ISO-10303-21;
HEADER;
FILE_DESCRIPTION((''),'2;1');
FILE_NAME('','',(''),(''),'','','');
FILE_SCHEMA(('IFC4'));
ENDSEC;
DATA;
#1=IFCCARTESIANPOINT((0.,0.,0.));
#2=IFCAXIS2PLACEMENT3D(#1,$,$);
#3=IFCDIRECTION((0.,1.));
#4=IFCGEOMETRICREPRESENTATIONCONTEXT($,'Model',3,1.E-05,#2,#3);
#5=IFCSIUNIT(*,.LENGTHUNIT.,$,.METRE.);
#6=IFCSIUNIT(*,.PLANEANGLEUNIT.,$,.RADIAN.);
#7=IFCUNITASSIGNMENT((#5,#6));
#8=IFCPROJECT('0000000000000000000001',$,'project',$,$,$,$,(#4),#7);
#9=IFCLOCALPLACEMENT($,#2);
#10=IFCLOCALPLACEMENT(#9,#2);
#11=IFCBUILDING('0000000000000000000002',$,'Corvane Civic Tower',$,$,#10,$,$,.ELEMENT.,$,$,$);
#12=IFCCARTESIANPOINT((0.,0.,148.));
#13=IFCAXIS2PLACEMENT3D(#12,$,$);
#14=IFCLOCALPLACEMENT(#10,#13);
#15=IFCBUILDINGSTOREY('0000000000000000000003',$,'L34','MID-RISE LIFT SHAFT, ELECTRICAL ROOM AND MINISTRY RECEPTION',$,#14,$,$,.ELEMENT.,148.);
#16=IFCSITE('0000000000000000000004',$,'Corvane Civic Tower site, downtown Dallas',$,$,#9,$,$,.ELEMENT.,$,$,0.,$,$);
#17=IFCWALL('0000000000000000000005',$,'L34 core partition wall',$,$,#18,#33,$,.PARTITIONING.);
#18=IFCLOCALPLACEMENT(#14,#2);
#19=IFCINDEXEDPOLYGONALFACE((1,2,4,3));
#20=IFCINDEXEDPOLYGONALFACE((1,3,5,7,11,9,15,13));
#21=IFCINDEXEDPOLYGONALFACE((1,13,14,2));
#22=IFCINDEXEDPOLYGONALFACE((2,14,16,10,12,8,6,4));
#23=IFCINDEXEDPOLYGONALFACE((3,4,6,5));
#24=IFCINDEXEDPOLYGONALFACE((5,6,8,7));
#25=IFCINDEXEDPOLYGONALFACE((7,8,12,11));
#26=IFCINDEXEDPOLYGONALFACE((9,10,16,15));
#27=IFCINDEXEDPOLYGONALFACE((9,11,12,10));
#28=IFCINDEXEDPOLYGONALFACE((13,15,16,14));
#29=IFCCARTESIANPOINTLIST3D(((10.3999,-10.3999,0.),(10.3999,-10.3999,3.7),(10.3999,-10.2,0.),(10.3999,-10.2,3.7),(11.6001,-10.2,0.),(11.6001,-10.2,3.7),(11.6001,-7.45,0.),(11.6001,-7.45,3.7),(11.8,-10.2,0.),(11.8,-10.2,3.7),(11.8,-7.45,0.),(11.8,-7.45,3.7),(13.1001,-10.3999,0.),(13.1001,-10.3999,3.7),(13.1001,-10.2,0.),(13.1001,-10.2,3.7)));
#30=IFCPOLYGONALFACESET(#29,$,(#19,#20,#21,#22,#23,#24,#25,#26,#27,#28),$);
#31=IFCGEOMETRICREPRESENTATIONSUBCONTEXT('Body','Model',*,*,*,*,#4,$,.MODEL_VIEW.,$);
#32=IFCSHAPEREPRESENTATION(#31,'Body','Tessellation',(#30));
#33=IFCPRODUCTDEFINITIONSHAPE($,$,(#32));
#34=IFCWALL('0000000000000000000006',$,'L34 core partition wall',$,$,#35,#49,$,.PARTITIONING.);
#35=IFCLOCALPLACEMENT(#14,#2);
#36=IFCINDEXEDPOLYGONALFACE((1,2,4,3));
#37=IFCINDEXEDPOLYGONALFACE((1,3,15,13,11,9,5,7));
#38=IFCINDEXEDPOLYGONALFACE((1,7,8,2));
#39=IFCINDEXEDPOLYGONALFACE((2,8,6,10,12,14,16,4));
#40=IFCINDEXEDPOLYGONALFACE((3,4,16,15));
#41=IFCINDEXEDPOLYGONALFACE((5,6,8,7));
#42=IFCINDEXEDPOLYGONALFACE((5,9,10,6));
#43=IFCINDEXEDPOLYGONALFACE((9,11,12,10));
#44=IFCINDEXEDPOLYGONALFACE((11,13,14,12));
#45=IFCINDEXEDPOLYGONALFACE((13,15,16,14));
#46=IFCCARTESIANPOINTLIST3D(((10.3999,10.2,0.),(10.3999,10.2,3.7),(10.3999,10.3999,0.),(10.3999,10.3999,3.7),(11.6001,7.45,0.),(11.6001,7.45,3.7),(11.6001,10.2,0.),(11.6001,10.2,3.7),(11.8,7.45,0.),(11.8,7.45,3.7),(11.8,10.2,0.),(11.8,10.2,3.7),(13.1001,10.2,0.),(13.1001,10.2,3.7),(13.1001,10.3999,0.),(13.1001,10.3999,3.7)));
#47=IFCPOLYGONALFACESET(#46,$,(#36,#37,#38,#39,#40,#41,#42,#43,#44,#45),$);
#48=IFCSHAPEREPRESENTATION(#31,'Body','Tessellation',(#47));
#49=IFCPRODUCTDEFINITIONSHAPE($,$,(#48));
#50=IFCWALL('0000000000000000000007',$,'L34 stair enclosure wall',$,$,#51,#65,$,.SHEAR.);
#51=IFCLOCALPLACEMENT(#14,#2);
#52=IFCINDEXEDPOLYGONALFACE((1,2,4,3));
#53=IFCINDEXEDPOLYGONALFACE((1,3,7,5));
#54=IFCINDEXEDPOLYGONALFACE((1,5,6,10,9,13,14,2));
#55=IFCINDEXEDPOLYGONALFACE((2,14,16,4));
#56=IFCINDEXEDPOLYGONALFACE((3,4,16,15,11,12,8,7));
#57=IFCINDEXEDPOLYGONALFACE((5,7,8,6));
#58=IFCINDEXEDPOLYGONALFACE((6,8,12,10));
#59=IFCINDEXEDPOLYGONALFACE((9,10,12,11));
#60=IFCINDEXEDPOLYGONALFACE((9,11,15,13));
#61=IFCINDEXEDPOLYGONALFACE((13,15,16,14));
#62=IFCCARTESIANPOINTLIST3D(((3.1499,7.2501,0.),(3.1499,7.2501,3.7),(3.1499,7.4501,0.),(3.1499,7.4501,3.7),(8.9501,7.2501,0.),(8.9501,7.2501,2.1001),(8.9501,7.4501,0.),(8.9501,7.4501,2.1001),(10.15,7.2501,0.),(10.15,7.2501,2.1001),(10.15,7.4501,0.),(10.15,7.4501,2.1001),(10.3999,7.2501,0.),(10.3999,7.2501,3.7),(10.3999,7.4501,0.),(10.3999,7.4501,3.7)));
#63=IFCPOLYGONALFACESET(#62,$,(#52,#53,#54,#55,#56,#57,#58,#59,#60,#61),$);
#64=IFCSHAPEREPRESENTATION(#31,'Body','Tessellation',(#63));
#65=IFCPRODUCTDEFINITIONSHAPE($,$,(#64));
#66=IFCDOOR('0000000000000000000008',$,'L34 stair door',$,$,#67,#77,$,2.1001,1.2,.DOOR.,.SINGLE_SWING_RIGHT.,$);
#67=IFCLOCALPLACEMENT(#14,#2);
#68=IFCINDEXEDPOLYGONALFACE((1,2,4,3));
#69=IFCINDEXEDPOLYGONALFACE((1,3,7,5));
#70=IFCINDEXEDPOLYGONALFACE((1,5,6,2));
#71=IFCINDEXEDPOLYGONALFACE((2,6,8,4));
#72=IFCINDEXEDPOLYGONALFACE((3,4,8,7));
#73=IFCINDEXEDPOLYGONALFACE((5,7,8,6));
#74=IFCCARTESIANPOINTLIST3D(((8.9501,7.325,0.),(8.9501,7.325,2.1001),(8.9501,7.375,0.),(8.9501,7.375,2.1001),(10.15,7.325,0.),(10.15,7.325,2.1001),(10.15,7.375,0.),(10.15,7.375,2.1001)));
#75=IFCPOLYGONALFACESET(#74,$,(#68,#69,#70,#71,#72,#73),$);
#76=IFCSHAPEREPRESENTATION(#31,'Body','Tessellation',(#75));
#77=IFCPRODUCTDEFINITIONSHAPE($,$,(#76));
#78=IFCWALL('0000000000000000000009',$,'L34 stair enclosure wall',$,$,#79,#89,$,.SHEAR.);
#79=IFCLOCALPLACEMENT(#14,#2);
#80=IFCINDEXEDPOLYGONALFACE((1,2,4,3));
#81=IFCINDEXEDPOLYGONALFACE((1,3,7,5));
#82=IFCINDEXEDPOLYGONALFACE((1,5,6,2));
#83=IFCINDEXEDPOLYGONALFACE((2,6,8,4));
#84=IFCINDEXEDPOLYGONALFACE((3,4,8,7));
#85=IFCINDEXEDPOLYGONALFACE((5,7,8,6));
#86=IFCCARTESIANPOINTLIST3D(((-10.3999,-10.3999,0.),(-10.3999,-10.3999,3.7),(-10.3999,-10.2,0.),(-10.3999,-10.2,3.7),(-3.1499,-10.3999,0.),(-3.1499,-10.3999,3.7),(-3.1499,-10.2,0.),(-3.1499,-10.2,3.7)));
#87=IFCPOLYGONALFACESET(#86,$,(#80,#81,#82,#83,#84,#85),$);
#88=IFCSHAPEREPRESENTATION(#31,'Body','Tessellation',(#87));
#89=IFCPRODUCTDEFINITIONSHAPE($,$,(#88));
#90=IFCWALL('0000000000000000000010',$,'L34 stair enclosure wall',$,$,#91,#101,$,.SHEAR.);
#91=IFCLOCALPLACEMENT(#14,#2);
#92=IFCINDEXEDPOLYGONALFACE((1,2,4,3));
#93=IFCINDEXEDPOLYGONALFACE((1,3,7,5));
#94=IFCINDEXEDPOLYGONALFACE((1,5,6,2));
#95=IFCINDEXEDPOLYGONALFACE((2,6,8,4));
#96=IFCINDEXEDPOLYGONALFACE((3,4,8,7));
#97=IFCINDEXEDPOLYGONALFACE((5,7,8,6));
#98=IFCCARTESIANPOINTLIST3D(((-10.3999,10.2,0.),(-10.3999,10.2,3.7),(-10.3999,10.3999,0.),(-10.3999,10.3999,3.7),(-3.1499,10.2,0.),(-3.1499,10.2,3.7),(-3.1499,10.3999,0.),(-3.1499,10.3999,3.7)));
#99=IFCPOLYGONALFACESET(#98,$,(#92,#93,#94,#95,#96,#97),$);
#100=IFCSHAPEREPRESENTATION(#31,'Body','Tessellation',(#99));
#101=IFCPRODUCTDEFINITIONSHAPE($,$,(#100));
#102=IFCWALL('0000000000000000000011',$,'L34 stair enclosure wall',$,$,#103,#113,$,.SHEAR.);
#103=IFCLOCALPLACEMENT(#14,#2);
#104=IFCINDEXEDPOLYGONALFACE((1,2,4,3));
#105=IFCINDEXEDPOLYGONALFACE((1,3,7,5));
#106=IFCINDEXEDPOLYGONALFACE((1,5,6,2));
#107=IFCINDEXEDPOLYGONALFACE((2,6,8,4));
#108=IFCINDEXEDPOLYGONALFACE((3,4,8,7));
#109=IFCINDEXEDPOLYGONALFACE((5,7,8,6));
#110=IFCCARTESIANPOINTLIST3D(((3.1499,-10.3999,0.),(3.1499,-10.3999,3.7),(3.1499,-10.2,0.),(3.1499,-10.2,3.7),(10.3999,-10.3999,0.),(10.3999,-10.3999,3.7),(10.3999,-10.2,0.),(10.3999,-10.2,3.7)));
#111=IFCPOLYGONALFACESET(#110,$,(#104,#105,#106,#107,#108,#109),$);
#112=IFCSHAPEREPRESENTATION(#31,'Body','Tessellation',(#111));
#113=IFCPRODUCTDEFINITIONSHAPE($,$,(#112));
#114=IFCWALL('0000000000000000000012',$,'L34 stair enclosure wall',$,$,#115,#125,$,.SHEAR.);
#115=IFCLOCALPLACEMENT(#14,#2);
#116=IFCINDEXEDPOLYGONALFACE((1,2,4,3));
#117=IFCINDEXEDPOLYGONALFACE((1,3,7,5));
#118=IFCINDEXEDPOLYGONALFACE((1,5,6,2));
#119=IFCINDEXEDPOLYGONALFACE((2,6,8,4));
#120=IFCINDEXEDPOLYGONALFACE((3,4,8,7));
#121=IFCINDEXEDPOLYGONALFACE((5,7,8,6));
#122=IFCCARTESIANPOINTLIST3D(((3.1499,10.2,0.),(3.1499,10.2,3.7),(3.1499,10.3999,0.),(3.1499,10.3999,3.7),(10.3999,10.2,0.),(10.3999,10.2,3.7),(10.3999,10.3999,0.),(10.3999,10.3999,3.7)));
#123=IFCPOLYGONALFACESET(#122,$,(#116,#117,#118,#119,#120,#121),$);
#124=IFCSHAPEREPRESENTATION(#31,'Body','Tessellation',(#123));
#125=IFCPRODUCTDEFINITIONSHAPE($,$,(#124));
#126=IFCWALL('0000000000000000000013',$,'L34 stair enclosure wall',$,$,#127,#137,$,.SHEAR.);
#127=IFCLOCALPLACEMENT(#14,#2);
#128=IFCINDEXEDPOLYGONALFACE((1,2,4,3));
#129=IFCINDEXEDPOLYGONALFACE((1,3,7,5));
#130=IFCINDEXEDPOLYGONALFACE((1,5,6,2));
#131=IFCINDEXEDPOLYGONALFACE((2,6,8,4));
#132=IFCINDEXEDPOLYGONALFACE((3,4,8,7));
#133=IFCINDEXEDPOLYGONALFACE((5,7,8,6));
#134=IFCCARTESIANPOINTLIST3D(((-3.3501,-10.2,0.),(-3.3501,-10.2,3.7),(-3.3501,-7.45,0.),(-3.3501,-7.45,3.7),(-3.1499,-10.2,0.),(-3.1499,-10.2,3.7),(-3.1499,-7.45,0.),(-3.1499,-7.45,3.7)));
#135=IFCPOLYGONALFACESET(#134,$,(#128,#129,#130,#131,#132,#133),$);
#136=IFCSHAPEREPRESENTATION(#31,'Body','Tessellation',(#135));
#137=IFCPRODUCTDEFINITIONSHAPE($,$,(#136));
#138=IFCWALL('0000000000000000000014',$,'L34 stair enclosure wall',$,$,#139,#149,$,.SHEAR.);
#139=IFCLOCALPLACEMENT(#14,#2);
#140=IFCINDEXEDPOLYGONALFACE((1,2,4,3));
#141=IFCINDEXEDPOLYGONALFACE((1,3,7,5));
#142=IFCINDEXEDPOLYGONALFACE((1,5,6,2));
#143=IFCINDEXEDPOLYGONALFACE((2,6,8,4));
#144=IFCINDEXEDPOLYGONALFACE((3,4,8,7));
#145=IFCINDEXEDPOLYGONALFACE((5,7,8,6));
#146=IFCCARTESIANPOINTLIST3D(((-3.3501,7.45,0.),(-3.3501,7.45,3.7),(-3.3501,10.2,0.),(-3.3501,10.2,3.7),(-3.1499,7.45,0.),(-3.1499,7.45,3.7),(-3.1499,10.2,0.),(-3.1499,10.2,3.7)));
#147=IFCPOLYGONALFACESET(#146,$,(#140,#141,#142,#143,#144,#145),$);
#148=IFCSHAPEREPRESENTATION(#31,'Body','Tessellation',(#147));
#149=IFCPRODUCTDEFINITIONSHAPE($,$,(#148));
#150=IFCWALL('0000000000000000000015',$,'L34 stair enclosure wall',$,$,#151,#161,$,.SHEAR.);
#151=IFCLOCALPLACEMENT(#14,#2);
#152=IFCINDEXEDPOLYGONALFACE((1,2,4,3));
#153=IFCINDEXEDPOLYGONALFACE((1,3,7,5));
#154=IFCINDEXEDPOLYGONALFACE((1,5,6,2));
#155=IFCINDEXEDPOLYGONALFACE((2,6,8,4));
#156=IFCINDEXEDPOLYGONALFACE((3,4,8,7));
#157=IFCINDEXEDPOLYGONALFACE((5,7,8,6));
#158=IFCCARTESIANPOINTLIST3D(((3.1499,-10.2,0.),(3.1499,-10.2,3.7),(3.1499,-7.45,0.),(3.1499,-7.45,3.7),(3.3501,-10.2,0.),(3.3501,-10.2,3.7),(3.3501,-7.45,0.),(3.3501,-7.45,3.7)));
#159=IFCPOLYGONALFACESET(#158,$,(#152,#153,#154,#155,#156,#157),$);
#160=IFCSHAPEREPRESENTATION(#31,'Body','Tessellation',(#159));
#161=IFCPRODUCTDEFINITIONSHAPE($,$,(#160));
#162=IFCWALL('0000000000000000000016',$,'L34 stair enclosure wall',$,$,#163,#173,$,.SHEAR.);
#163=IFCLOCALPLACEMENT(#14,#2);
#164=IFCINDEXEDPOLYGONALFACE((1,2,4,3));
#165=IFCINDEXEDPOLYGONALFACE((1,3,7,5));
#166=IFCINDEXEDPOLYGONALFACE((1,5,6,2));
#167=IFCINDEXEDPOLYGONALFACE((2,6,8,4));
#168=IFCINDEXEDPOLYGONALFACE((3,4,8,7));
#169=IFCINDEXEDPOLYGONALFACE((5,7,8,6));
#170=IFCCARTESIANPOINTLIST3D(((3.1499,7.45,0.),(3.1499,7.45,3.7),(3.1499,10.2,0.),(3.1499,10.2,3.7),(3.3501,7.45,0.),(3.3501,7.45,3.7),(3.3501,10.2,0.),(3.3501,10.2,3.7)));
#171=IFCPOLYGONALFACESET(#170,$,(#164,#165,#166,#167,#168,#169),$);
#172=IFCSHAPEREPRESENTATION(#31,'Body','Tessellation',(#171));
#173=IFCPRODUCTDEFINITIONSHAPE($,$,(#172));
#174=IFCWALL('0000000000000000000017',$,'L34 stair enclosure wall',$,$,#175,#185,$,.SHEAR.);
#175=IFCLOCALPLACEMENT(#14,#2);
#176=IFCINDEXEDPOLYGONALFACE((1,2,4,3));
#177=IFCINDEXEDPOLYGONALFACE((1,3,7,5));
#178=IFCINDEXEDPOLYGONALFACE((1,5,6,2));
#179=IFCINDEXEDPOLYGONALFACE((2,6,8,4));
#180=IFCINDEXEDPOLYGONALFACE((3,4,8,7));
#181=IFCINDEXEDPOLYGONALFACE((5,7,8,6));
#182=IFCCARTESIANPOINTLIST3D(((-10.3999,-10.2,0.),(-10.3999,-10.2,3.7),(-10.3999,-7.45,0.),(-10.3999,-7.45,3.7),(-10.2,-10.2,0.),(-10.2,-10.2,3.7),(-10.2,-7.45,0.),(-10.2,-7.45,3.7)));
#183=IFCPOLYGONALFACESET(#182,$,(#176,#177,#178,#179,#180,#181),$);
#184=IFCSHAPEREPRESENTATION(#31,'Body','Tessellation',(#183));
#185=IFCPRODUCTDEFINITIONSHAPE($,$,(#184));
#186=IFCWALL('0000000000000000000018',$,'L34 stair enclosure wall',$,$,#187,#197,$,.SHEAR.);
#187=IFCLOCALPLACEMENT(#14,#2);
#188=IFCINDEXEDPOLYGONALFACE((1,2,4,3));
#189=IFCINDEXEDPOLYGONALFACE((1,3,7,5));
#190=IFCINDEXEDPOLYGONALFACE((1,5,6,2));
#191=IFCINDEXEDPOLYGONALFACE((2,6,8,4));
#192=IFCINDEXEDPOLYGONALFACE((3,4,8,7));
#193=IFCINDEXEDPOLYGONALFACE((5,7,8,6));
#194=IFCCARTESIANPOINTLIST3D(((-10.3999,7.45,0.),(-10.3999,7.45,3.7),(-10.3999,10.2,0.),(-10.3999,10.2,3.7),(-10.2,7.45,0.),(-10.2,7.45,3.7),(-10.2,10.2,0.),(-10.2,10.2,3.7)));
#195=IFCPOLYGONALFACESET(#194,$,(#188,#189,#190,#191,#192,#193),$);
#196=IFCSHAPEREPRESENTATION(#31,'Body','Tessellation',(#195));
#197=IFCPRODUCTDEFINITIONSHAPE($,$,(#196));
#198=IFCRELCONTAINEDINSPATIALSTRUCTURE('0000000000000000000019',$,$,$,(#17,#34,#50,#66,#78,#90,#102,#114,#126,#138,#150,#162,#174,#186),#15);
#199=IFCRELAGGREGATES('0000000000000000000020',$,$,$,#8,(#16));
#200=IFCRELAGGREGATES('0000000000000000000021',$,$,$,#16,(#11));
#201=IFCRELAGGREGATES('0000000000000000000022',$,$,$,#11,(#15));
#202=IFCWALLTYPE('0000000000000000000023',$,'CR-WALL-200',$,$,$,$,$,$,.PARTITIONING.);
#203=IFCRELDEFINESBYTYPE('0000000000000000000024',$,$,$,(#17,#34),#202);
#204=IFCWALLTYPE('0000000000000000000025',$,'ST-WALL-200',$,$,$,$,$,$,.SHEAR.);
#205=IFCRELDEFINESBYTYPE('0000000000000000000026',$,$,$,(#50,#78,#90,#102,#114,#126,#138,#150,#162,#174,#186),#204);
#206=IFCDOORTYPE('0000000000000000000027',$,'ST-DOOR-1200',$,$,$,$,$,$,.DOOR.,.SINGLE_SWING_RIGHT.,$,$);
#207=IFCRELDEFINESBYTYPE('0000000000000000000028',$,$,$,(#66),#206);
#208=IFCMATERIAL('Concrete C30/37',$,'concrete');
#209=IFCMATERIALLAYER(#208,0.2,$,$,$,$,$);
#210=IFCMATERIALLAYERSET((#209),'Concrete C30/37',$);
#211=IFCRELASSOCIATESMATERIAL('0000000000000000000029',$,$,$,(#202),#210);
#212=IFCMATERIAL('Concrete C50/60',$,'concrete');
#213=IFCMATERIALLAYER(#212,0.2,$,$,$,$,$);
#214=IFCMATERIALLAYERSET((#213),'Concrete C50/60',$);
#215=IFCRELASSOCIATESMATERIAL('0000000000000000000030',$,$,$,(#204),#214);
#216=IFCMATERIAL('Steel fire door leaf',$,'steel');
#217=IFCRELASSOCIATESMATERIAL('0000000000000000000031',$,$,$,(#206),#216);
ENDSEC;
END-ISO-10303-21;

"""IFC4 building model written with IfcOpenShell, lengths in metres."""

from ifc_helpers import new_model, si_unit, direction, frame, frame_2d, origin, place, context, subcontext, project, spatial, polyline, rectangle, outline, extrude, material, layer, layer_set, type_object, element, fill, save


model = new_model("IFC4")

# Units and contexts
model_context = context("Model", 3, precision=1e-05, world=origin(), true_north=direction((0.0, 1.0)))
body_context = subcontext(model_context, "Body", "Model", "MODEL_VIEW")
ifc_project = project(units=[si_unit("LENGTHUNIT", "METRE"), si_unit("PLANEANGLEUNIT", "RADIAN")], contexts=[model_context])

# Site, building, storey
site_placement = place(None, origin())
site = spatial("IfcSite", under=ifc_project, at=site_placement, Name="Corvane Civic Tower site, downtown Dallas", CompositionType="ELEMENT", RefElevation=0.0)
building_placement = place(site_placement, origin())
building = spatial("IfcBuilding", under=site, at=building_placement, Name="Corvane Civic Tower", CompositionType="ELEMENT")
storey_placement = place(building_placement, frame((0.0, 0.0, 148.0)))
storey = spatial("IfcBuildingStorey", under=building, at=storey_placement, Name="L34", Description="MID-RISE LIFT SHAFT, ELECTRICAL ROOM AND MINISTRY RECEPTION", CompositionType="ELEMENT", Elevation=148.0)

# Walls
ifc_material_1 = material(Name="Concrete C30/37", Category="concrete")
ifc_layer_1 = layer(ifc_material_1, 0.2)
ifc_layer_set_1 = layer_set([ifc_layer_1], Name="Concrete C30/37")
wall_type_1 = type_object("IfcWallType", Name="CR-WALL-200", PredefinedType="PARTITIONING", material=ifc_layer_set_1)
wall_1_placement = place(storey_placement, origin())
element("IfcWall", 1, at=wall_1_placement, inside=storey, type_object=wall_type_1, Name="L34 core partition wall", PredefinedType="PARTITIONING", context=body_context, shape_type="SweptSolid", body=[
    extrude(outline(polyline([(11.8, -7.45), (11.8, -10.2), (13.1001, -10.2), (13.1001, -10.3999), (10.3999, -10.3999), (10.3999, -10.2), (11.6001, -10.2), (11.6001, -7.45), (11.8, -7.45)])), origin(), (0.0, 0.0, 1.0), 3.7),
])
wall_2_placement = place(storey_placement, origin())
element("IfcWall", 2, at=wall_2_placement, inside=storey, type_object=wall_type_1, Name="L34 core partition wall", PredefinedType="PARTITIONING", context=body_context, shape_type="SweptSolid", body=[
    extrude(outline(polyline([(13.1001, 10.3999), (13.1001, 10.2), (11.8, 10.2), (11.8, 7.45), (11.6001, 7.45), (11.6001, 10.2), (10.3999, 10.2), (10.3999, 10.3999), (13.1001, 10.3999)])), origin(), (0.0, 0.0, 1.0), 3.7),
])

# Wall, opening, door
ifc_material_2 = material(Name="Concrete C50/60", Category="concrete")
ifc_layer_2 = layer(ifc_material_2, 0.2)
ifc_layer_set_2 = layer_set([ifc_layer_2], Name="Concrete C50/60")
wall_type_2 = type_object("IfcWallType", Name="ST-WALL-200", PredefinedType="SHEAR", material=ifc_layer_set_2)
wall_3_placement = place(storey_placement, frame((3.1499, 7.3501, 0.0), z_axis=(0.0, 0.0, 1.0), x_axis=(1.0, 0.0, 0.0)))
wall_3 = element("IfcWall", 3, at=wall_3_placement, inside=storey, type_object=wall_type_2, Name="L34 stair enclosure wall", PredefinedType="SHEAR", context=body_context, shape_type="SweptSolid", body=[
    extrude(rectangle(XDim=7.25, YDim=0.2, at=frame_2d((3.625, 0.0))), origin(), (0.0, 0.0, 1.0), 3.7),
])
opening_placement = place(wall_3_placement, frame((5.8, 0.0, 0.0)))
opening = element("IfcOpeningElement", 4, at=opening_placement, cuts=wall_3, PredefinedType="OPENING", context=body_context, shape_type="SweptSolid", body=[
    extrude(rectangle(XDim=1.2, YDim=2.1001, at=frame_2d((0.6001, 1.05))), frame((0.0, 0.1099, 0.0), z_axis=(0.0, -1.0, 0.0), x_axis=(1.0, 0.0, 0.0)), (0.0, 0.0, 1.0), 0.22),
])
ifc_material_3 = material(Name="Steel fire door leaf", Category="steel")
door_type = type_object("IfcDoorType", Name="ST-DOOR-1200", OperationType="SINGLE_SWING_RIGHT", PredefinedType="DOOR", material=ifc_material_3)
door_placement = place(opening_placement, origin())
door = element("IfcDoor", 5, at=door_placement, inside=storey, type_object=door_type, Name="L34 stair door", OperationType="SINGLE_SWING_RIGHT", OverallHeight=2.1001, OverallWidth=1.2, PredefinedType="DOOR", context=body_context, shape_type="SweptSolid", body=[
    extrude(rectangle(XDim=1.2, YDim=2.1001, at=frame_2d((0.6001, 1.05))), frame((0.0, 0.0249, 0.0), z_axis=(0.0, -1.0, 0.0), x_axis=(1.0, 0.0, 0.0)), (0.0, 0.0, 1.0), 0.05),
])
fill(opening, door)

# Walls
wall_4_placement = place(storey_placement, origin())
element("IfcWall", 6, at=wall_4_placement, inside=storey, type_object=wall_type_2, Name="L34 stair enclosure wall", PredefinedType="SHEAR", context=body_context, shape_type="SweptSolid", body=[
    extrude(outline(polyline([(-3.1499, -10.2), (-3.1499, -10.3999), (-10.3999, -10.3999), (-10.3999, -10.2), (-3.1499, -10.2)])), origin(), (0.0, 0.0, 1.0), 3.7),
])
wall_5_placement = place(storey_placement, origin())
element("IfcWall", 7, at=wall_5_placement, inside=storey, type_object=wall_type_2, Name="L34 stair enclosure wall", PredefinedType="SHEAR", context=body_context, shape_type="SweptSolid", body=[
    extrude(outline(polyline([(-3.1499, 10.2), (-10.3999, 10.2), (-10.3999, 10.3999), (-3.1499, 10.3999), (-3.1499, 10.2)])), origin(), (0.0, 0.0, 1.0), 3.7),
])
wall_6_placement = place(storey_placement, origin())
element("IfcWall", 8, at=wall_6_placement, inside=storey, type_object=wall_type_2, Name="L34 stair enclosure wall", PredefinedType="SHEAR", context=body_context, shape_type="SweptSolid", body=[
    extrude(outline(polyline([(10.3999, -10.3999), (3.1499, -10.3999), (3.1499, -10.2), (10.3999, -10.2), (10.3999, -10.3999)])), origin(), (0.0, 0.0, 1.0), 3.7),
])
wall_7_placement = place(storey_placement, origin())
element("IfcWall", 9, at=wall_7_placement, inside=storey, type_object=wall_type_2, Name="L34 stair enclosure wall", PredefinedType="SHEAR", context=body_context, shape_type="SweptSolid", body=[
    extrude(outline(polyline([(10.3999, 10.2), (3.1499, 10.2), (3.1499, 10.3999), (10.3999, 10.3999), (10.3999, 10.2)])), origin(), (0.0, 0.0, 1.0), 3.7),
])
wall_8_placement = place(storey_placement, origin())
element("IfcWall", 10, at=wall_8_placement, inside=storey, type_object=wall_type_2, Name="L34 stair enclosure wall", PredefinedType="SHEAR", context=body_context, shape_type="SweptSolid", body=[
    extrude(outline(polyline([(-3.1499, -7.45), (-3.1499, -10.2), (-3.3501, -10.2), (-3.3501, -7.45), (-3.1499, -7.45)])), origin(), (0.0, 0.0, 1.0), 3.7),
])
wall_9_placement = place(storey_placement, origin())
element("IfcWall", 11, at=wall_9_placement, inside=storey, type_object=wall_type_2, Name="L34 stair enclosure wall", PredefinedType="SHEAR", context=body_context, shape_type="SweptSolid", body=[
    extrude(outline(polyline([(-3.1499, 7.45), (-3.3501, 7.45), (-3.3501, 10.2), (-3.1499, 10.2), (-3.1499, 7.45)])), origin(), (0.0, 0.0, 1.0), 3.7),
])
wall_10_placement = place(storey_placement, origin())
element("IfcWall", 12, at=wall_10_placement, inside=storey, type_object=wall_type_2, Name="L34 stair enclosure wall", PredefinedType="SHEAR", context=body_context, shape_type="SweptSolid", body=[
    extrude(outline(polyline([(3.3501, -7.45), (3.3501, -10.2), (3.1499, -10.2), (3.1499, -7.45), (3.3501, -7.45)])), origin(), (0.0, 0.0, 1.0), 3.7),
])
wall_11_placement = place(storey_placement, origin())
element("IfcWall", 13, at=wall_11_placement, inside=storey, type_object=wall_type_2, Name="L34 stair enclosure wall", PredefinedType="SHEAR", context=body_context, shape_type="SweptSolid", body=[
    extrude(outline(polyline([(3.3501, 7.45), (3.1499, 7.45), (3.1499, 10.2), (3.3501, 10.2), (3.3501, 7.45)])), origin(), (0.0, 0.0, 1.0), 3.7),
])
wall_12_placement = place(storey_placement, origin())
element("IfcWall", 14, at=wall_12_placement, inside=storey, type_object=wall_type_2, Name="L34 stair enclosure wall", PredefinedType="SHEAR", context=body_context, shape_type="SweptSolid", body=[
    extrude(outline(polyline([(-10.2, -7.45), (-10.2, -10.2), (-10.3999, -10.2), (-10.3999, -7.45), (-10.2, -7.45)])), origin(), (0.0, 0.0, 1.0), 3.7),
])
wall_13_placement = place(storey_placement, origin())
element("IfcWall", 15, at=wall_13_placement, inside=storey, type_object=wall_type_2, Name="L34 stair enclosure wall", PredefinedType="SHEAR", context=body_context, shape_type="SweptSolid", body=[
    extrude(outline(polyline([(-10.2, 7.45), (-10.3999, 7.45), (-10.3999, 10.2), (-10.2, 10.2), (-10.2, 7.45)])), origin(), (0.0, 0.0, 1.0), 3.7),
])

save(model, "model.ifc")
